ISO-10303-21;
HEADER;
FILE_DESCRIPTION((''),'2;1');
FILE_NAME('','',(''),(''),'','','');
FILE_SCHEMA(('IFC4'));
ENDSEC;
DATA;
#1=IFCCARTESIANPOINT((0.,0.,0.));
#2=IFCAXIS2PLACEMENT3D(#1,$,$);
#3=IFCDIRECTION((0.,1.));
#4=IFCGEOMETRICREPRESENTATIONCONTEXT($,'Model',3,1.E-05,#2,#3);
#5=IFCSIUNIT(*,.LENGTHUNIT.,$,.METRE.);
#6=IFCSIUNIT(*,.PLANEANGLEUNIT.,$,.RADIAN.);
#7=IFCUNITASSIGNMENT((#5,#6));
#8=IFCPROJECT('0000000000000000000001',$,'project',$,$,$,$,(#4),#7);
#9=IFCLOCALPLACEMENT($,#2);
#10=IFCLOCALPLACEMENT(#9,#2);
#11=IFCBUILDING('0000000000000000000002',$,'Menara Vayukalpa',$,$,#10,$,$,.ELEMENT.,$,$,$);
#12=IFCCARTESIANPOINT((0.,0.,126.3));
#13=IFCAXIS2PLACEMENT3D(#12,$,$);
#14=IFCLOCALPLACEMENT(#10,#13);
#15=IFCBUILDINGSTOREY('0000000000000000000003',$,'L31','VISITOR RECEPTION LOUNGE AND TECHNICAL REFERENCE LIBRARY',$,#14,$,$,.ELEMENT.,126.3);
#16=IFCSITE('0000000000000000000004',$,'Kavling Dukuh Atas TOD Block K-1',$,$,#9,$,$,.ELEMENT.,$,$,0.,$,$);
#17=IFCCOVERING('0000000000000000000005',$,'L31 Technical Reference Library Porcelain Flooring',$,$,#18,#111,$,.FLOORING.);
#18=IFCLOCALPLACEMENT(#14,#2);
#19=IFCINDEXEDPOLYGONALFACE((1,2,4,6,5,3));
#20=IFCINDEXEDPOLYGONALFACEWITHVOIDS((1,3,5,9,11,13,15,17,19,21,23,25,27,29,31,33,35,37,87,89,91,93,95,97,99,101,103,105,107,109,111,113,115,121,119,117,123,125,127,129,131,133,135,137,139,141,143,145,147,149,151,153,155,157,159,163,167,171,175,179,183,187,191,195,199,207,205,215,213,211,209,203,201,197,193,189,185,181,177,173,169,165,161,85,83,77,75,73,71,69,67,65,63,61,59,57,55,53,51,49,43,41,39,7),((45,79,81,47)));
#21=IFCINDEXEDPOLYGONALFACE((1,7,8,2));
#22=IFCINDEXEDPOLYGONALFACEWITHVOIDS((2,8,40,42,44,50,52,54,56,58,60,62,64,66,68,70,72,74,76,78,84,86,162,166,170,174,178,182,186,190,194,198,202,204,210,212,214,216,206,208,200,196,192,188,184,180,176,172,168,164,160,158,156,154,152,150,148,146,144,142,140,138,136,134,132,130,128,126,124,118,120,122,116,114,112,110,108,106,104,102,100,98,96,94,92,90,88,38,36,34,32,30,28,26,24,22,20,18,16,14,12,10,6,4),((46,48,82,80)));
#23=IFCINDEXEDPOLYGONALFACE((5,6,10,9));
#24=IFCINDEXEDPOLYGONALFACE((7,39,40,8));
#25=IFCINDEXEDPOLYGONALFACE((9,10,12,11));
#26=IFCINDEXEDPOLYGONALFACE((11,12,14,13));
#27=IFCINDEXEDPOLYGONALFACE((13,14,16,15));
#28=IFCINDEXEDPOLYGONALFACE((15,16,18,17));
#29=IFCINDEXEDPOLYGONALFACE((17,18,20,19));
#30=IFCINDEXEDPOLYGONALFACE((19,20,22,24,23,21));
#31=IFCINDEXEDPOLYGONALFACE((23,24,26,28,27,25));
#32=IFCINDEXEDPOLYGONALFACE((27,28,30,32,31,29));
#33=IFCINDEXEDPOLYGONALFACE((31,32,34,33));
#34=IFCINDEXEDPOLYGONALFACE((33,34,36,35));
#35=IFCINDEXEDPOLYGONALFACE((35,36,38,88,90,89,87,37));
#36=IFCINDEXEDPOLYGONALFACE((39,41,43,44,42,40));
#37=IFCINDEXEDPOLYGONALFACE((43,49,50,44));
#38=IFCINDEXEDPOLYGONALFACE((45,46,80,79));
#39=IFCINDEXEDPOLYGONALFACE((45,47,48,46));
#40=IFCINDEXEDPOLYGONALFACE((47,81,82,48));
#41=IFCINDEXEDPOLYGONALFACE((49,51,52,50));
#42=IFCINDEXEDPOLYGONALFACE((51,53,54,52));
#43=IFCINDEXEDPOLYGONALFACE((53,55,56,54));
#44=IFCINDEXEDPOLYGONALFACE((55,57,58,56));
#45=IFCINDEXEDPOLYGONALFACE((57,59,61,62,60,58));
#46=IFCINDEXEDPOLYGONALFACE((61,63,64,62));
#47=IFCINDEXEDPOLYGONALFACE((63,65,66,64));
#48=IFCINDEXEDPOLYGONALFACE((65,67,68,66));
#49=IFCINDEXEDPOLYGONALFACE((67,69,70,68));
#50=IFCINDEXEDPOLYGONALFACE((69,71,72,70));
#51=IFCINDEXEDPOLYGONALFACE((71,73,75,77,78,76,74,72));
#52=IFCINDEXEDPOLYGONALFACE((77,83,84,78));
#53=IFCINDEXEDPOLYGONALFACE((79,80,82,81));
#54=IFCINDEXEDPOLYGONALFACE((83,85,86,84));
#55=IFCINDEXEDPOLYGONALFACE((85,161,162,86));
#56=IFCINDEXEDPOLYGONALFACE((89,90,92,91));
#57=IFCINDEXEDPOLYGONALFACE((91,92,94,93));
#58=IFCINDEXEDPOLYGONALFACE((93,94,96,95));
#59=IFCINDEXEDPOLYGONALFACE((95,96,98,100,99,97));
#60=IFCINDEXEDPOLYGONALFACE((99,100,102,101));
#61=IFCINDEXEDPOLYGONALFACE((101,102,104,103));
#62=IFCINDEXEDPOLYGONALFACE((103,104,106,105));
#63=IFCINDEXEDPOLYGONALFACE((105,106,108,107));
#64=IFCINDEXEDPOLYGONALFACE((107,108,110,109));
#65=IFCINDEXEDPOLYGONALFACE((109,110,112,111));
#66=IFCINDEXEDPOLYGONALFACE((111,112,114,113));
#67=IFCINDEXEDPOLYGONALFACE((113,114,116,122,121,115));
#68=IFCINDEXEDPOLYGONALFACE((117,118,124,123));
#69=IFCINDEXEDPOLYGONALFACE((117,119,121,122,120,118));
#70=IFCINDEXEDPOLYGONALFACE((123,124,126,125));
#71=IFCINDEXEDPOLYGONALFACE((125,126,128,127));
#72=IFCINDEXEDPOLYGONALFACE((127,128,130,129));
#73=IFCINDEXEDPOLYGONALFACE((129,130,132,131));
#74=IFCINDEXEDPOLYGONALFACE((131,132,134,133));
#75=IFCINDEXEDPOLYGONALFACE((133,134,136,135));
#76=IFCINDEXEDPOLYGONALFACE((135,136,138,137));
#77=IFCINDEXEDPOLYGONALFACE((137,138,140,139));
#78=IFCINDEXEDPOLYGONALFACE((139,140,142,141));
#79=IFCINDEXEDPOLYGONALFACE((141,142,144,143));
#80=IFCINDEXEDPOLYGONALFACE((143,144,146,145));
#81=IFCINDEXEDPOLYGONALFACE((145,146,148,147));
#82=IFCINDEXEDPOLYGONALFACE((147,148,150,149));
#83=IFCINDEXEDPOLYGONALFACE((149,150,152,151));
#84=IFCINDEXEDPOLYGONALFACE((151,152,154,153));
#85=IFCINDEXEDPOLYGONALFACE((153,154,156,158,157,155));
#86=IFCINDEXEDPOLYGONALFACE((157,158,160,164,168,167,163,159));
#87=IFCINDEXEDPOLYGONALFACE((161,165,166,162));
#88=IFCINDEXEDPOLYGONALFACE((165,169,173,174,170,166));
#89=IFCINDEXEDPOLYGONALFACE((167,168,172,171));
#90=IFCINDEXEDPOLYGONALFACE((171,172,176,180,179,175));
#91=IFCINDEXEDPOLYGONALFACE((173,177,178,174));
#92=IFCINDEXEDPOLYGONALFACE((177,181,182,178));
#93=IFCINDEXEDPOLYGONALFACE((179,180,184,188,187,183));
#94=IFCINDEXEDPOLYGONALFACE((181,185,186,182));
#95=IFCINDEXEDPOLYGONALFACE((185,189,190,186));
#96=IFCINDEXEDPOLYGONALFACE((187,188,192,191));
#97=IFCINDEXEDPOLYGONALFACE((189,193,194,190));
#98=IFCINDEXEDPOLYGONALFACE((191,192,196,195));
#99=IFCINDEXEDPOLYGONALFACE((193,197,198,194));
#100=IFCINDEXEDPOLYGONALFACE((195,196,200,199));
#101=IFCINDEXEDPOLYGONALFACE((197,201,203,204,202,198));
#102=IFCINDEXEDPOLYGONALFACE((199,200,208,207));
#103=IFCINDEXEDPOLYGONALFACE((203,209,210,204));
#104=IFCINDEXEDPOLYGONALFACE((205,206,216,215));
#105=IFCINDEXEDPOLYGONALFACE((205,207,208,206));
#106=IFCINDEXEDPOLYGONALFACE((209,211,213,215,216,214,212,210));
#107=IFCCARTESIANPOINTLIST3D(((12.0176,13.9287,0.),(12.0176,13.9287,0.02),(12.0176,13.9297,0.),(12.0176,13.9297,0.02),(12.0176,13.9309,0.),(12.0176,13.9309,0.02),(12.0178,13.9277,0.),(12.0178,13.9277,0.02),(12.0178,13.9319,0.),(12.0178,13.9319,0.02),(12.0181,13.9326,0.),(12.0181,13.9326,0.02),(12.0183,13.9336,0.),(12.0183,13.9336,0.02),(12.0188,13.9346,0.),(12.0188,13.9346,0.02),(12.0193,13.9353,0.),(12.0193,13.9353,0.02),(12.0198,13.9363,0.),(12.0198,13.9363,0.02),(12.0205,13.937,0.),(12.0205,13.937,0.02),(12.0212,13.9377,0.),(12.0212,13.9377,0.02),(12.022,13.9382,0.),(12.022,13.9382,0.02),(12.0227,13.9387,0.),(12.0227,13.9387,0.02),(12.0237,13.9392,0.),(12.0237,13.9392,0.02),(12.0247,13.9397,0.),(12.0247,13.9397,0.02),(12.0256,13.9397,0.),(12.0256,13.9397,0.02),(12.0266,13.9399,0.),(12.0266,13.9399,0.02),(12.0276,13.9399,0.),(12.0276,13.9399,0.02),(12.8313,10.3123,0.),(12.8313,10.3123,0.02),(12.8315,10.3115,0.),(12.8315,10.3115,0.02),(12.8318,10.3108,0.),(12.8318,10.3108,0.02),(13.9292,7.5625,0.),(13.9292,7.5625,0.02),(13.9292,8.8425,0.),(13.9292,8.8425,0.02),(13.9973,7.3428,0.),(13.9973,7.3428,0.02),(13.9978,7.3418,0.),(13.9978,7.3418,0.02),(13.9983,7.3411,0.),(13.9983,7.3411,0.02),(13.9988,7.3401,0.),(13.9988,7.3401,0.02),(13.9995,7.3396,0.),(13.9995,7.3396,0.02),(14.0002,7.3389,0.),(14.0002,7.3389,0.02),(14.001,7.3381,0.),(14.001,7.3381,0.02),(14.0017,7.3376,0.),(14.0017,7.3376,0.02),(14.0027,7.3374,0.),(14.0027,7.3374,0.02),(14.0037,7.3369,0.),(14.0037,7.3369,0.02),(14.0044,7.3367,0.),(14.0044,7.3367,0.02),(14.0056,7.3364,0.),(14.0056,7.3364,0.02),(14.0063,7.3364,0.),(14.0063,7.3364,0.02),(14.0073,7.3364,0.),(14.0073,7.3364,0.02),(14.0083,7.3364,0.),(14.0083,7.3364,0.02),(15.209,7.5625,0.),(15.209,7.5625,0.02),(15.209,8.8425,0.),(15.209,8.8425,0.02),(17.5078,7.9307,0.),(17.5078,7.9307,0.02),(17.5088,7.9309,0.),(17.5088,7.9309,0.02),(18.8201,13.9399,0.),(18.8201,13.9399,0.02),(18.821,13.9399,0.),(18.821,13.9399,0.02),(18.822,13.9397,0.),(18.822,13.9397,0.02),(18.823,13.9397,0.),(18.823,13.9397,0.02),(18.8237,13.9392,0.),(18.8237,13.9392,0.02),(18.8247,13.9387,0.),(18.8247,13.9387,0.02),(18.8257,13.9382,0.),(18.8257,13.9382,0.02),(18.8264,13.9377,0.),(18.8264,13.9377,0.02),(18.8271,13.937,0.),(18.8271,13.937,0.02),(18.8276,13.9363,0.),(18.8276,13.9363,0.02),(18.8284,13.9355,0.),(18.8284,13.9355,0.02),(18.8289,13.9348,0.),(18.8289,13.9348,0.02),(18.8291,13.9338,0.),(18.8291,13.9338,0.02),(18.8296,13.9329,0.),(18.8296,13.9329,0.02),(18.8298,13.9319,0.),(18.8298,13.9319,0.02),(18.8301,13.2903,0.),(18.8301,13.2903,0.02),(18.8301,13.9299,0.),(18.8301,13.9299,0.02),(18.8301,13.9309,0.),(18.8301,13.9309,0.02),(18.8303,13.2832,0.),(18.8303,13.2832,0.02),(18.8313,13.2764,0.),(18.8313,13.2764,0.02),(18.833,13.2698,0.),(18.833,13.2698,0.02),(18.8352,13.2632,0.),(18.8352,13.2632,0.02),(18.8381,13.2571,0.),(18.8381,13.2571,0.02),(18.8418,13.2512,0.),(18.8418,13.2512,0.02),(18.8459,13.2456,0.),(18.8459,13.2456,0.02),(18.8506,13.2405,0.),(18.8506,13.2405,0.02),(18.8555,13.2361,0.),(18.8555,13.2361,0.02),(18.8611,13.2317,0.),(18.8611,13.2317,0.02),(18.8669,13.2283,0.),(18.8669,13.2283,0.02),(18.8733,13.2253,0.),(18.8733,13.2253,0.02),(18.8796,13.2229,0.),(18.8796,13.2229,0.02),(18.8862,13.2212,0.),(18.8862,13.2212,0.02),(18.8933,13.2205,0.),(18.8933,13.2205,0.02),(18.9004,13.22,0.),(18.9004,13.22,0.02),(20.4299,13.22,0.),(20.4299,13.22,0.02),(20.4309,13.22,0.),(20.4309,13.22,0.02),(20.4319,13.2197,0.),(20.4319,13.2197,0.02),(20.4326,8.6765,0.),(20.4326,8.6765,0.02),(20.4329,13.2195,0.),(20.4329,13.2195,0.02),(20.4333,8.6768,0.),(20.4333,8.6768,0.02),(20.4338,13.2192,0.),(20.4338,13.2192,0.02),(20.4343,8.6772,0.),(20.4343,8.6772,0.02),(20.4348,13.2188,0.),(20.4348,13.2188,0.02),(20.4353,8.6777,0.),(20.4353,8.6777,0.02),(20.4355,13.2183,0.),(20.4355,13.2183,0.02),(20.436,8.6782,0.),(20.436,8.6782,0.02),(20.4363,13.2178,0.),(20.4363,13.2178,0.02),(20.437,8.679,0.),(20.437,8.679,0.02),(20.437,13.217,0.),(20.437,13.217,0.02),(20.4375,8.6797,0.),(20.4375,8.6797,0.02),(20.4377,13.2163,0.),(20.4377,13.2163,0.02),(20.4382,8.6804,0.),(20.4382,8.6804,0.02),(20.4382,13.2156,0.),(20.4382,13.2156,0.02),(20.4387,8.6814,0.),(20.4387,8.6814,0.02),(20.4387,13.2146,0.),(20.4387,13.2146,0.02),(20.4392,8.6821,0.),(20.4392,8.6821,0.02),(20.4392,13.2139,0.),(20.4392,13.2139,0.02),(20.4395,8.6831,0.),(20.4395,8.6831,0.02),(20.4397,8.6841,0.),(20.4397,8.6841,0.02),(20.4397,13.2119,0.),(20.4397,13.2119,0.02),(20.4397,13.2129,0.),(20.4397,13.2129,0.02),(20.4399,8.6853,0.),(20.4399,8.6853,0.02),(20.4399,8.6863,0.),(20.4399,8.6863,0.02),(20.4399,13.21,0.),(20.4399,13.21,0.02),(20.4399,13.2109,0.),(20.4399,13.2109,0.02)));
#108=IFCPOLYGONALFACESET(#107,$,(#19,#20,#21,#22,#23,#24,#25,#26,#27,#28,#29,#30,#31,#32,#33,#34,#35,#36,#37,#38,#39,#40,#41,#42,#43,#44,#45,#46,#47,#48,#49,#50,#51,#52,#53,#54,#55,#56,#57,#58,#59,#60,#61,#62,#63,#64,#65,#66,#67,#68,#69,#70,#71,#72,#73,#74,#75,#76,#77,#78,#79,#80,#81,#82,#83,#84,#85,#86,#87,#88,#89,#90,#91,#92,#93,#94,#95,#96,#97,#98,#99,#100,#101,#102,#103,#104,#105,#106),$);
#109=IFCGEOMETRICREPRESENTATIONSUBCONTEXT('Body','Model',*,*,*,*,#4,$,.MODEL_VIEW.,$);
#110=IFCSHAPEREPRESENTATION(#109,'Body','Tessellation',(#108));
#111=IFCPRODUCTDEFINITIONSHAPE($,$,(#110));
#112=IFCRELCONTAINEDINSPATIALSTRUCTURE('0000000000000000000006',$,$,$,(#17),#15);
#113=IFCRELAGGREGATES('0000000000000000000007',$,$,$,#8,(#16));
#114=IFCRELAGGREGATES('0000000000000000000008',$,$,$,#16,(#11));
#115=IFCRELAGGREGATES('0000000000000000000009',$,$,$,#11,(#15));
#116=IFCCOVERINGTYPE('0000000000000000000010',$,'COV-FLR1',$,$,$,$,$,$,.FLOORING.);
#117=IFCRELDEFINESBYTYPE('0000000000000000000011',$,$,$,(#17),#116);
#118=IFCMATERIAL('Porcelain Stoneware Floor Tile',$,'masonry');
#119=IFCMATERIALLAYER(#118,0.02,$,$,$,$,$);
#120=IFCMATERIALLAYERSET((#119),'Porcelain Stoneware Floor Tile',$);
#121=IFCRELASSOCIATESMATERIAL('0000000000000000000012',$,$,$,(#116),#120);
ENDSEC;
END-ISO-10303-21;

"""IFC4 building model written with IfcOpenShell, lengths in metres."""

from ifc_helpers import new_model, si_unit, direction, frame, origin, place, context, subcontext, project, spatial, polyline, outline, extrude, material, layer, layer_set, type_object, element, save


model = new_model("IFC4")

# Units and contexts
model_context = context("Model", 3, precision=1e-05, world=origin(), true_north=direction((0.0, 1.0)))
body_context = subcontext(model_context, "Body", "Model", "MODEL_VIEW")
ifc_project = project(units=[si_unit("LENGTHUNIT", "METRE"), si_unit("PLANEANGLEUNIT", "RADIAN")], contexts=[model_context])

# Site, building, storey
site_placement = place(None, origin())
site = spatial("IfcSite", under=ifc_project, at=site_placement, Name="Kavling Dukuh Atas TOD Block K-1", CompositionType="ELEMENT", RefElevation=0.0)
building_placement = place(site_placement, origin())
building = spatial("IfcBuilding", under=site, at=building_placement, Name="Menara Vayukalpa", CompositionType="ELEMENT")
storey_placement = place(building_placement, frame((0.0, 0.0, 126.3)))
storey = spatial("IfcBuildingStorey", under=building, at=storey_placement, Name="L31", Description="VISITOR RECEPTION LOUNGE AND TECHNICAL REFERENCE LIBRARY", CompositionType="ELEMENT", Elevation=126.3)

# Covering
ifc_material_1 = material(Name="Porcelain Stoneware Floor Tile", Category="masonry")
ifc_layer_1 = layer(ifc_material_1, 0.02)
ifc_layer_set_1 = layer_set([ifc_layer_1], Name="Porcelain Stoneware Floor Tile")
covering_type_1 = type_object("IfcCoveringType", Name="COV-FLR1", PredefinedType="FLOORING", material=ifc_layer_set_1)
covering_1_placement = place(storey_placement, origin())
element("IfcCovering", 1, at=covering_1_placement, inside=storey, type_object=covering_type_1, Name="L31 Technical Reference Library Porcelain Flooring", PredefinedType="FLOORING", context=body_context, shape_type="SweptSolid", body=[
    extrude(outline(polyline([(14.0083, 7.3364), (14.0073, 7.3364), (14.0063, 7.3364), (14.0056, 7.3364), (14.0044, 7.3367), (14.0037, 7.3369), (14.0027, 7.3374), (14.0017, 7.3376), (14.001, 7.3381), (14.0002, 7.3389), (13.9995, 7.3396), (13.9988, 7.3401), (13.9983, 7.3411), (13.9978, 7.3418), (13.9973, 7.3428), (12.8318, 10.3108), (12.8315, 10.3115), (12.8313, 10.3123), (12.0178, 13.9277), (12.0176, 13.9287), (12.0176, 13.9297), (12.0176, 13.9309), (12.0178, 13.9319), (12.0181, 13.9326), (12.0183, 13.9336), (12.0188, 13.9346), (12.0193, 13.9353), (12.0198, 13.9363), (12.0205, 13.937), (12.0212, 13.9377), (12.022, 13.9382), (12.0227, 13.9387), (12.0237, 13.9392), (12.0247, 13.9397), (12.0256, 13.9397), (12.0266, 13.9399), (12.0276, 13.9399), (18.8201, 13.9399), (18.821, 13.9399), (18.822, 13.9397), (18.823, 13.9397), (18.8237, 13.9392), (18.8247, 13.9387), (18.8257, 13.9382), (18.8264, 13.9377), (18.8271, 13.937), (18.8276, 13.9363), (18.8284, 13.9355), (18.8289, 13.9348), (18.8291, 13.9338), (18.8296, 13.9329), (18.8298, 13.9319), (18.8301, 13.9309), (18.8301, 13.9299), (18.8301, 13.2903), (18.8303, 13.2832), (18.8313, 13.2764), (18.833, 13.2698), (18.8352, 13.2632), (18.8381, 13.2571), (18.8418, 13.2512), (18.8459, 13.2456), (18.8506, 13.2405), (18.8555, 13.2361), (18.8611, 13.2317), (18.8669, 13.2283), (18.8733, 13.2253), (18.8796, 13.2229), (18.8862, 13.2212), (18.8933, 13.2205), (18.9004, 13.22), (20.4299, 13.22), (20.4309, 13.22), (20.4319, 13.2197), (20.4329, 13.2195), (20.4338, 13.2192), (20.4348, 13.2188), (20.4355, 13.2183), (20.4363, 13.2178), (20.437, 13.217), (20.4377, 13.2163), (20.4382, 13.2156), (20.4387, 13.2146), (20.4392, 13.2139), (20.4397, 13.2129), (20.4397, 13.2119), (20.4399, 13.2109), (20.4399, 13.21), (20.4399, 8.6863), (20.4399, 8.6853), (20.4397, 8.6841), (20.4395, 8.6831), (20.4392, 8.6821), (20.4387, 8.6814), (20.4382, 8.6804), (20.4375, 8.6797), (20.437, 8.679), (20.436, 8.6782), (20.4353, 8.6777), (20.4343, 8.6772), (20.4333, 8.6768), (20.4326, 8.6765), (17.5088, 7.9309), (17.5078, 7.9307), (14.0083, 7.3364)]), holes=[polyline([(15.209, 8.8425), (13.9292, 8.8425), (13.9292, 7.5625), (15.209, 7.5625), (15.209, 8.8425)])]), origin(), (0.0, 0.0, 1.0), 0.02),
])

save(model, "model.ifc")
